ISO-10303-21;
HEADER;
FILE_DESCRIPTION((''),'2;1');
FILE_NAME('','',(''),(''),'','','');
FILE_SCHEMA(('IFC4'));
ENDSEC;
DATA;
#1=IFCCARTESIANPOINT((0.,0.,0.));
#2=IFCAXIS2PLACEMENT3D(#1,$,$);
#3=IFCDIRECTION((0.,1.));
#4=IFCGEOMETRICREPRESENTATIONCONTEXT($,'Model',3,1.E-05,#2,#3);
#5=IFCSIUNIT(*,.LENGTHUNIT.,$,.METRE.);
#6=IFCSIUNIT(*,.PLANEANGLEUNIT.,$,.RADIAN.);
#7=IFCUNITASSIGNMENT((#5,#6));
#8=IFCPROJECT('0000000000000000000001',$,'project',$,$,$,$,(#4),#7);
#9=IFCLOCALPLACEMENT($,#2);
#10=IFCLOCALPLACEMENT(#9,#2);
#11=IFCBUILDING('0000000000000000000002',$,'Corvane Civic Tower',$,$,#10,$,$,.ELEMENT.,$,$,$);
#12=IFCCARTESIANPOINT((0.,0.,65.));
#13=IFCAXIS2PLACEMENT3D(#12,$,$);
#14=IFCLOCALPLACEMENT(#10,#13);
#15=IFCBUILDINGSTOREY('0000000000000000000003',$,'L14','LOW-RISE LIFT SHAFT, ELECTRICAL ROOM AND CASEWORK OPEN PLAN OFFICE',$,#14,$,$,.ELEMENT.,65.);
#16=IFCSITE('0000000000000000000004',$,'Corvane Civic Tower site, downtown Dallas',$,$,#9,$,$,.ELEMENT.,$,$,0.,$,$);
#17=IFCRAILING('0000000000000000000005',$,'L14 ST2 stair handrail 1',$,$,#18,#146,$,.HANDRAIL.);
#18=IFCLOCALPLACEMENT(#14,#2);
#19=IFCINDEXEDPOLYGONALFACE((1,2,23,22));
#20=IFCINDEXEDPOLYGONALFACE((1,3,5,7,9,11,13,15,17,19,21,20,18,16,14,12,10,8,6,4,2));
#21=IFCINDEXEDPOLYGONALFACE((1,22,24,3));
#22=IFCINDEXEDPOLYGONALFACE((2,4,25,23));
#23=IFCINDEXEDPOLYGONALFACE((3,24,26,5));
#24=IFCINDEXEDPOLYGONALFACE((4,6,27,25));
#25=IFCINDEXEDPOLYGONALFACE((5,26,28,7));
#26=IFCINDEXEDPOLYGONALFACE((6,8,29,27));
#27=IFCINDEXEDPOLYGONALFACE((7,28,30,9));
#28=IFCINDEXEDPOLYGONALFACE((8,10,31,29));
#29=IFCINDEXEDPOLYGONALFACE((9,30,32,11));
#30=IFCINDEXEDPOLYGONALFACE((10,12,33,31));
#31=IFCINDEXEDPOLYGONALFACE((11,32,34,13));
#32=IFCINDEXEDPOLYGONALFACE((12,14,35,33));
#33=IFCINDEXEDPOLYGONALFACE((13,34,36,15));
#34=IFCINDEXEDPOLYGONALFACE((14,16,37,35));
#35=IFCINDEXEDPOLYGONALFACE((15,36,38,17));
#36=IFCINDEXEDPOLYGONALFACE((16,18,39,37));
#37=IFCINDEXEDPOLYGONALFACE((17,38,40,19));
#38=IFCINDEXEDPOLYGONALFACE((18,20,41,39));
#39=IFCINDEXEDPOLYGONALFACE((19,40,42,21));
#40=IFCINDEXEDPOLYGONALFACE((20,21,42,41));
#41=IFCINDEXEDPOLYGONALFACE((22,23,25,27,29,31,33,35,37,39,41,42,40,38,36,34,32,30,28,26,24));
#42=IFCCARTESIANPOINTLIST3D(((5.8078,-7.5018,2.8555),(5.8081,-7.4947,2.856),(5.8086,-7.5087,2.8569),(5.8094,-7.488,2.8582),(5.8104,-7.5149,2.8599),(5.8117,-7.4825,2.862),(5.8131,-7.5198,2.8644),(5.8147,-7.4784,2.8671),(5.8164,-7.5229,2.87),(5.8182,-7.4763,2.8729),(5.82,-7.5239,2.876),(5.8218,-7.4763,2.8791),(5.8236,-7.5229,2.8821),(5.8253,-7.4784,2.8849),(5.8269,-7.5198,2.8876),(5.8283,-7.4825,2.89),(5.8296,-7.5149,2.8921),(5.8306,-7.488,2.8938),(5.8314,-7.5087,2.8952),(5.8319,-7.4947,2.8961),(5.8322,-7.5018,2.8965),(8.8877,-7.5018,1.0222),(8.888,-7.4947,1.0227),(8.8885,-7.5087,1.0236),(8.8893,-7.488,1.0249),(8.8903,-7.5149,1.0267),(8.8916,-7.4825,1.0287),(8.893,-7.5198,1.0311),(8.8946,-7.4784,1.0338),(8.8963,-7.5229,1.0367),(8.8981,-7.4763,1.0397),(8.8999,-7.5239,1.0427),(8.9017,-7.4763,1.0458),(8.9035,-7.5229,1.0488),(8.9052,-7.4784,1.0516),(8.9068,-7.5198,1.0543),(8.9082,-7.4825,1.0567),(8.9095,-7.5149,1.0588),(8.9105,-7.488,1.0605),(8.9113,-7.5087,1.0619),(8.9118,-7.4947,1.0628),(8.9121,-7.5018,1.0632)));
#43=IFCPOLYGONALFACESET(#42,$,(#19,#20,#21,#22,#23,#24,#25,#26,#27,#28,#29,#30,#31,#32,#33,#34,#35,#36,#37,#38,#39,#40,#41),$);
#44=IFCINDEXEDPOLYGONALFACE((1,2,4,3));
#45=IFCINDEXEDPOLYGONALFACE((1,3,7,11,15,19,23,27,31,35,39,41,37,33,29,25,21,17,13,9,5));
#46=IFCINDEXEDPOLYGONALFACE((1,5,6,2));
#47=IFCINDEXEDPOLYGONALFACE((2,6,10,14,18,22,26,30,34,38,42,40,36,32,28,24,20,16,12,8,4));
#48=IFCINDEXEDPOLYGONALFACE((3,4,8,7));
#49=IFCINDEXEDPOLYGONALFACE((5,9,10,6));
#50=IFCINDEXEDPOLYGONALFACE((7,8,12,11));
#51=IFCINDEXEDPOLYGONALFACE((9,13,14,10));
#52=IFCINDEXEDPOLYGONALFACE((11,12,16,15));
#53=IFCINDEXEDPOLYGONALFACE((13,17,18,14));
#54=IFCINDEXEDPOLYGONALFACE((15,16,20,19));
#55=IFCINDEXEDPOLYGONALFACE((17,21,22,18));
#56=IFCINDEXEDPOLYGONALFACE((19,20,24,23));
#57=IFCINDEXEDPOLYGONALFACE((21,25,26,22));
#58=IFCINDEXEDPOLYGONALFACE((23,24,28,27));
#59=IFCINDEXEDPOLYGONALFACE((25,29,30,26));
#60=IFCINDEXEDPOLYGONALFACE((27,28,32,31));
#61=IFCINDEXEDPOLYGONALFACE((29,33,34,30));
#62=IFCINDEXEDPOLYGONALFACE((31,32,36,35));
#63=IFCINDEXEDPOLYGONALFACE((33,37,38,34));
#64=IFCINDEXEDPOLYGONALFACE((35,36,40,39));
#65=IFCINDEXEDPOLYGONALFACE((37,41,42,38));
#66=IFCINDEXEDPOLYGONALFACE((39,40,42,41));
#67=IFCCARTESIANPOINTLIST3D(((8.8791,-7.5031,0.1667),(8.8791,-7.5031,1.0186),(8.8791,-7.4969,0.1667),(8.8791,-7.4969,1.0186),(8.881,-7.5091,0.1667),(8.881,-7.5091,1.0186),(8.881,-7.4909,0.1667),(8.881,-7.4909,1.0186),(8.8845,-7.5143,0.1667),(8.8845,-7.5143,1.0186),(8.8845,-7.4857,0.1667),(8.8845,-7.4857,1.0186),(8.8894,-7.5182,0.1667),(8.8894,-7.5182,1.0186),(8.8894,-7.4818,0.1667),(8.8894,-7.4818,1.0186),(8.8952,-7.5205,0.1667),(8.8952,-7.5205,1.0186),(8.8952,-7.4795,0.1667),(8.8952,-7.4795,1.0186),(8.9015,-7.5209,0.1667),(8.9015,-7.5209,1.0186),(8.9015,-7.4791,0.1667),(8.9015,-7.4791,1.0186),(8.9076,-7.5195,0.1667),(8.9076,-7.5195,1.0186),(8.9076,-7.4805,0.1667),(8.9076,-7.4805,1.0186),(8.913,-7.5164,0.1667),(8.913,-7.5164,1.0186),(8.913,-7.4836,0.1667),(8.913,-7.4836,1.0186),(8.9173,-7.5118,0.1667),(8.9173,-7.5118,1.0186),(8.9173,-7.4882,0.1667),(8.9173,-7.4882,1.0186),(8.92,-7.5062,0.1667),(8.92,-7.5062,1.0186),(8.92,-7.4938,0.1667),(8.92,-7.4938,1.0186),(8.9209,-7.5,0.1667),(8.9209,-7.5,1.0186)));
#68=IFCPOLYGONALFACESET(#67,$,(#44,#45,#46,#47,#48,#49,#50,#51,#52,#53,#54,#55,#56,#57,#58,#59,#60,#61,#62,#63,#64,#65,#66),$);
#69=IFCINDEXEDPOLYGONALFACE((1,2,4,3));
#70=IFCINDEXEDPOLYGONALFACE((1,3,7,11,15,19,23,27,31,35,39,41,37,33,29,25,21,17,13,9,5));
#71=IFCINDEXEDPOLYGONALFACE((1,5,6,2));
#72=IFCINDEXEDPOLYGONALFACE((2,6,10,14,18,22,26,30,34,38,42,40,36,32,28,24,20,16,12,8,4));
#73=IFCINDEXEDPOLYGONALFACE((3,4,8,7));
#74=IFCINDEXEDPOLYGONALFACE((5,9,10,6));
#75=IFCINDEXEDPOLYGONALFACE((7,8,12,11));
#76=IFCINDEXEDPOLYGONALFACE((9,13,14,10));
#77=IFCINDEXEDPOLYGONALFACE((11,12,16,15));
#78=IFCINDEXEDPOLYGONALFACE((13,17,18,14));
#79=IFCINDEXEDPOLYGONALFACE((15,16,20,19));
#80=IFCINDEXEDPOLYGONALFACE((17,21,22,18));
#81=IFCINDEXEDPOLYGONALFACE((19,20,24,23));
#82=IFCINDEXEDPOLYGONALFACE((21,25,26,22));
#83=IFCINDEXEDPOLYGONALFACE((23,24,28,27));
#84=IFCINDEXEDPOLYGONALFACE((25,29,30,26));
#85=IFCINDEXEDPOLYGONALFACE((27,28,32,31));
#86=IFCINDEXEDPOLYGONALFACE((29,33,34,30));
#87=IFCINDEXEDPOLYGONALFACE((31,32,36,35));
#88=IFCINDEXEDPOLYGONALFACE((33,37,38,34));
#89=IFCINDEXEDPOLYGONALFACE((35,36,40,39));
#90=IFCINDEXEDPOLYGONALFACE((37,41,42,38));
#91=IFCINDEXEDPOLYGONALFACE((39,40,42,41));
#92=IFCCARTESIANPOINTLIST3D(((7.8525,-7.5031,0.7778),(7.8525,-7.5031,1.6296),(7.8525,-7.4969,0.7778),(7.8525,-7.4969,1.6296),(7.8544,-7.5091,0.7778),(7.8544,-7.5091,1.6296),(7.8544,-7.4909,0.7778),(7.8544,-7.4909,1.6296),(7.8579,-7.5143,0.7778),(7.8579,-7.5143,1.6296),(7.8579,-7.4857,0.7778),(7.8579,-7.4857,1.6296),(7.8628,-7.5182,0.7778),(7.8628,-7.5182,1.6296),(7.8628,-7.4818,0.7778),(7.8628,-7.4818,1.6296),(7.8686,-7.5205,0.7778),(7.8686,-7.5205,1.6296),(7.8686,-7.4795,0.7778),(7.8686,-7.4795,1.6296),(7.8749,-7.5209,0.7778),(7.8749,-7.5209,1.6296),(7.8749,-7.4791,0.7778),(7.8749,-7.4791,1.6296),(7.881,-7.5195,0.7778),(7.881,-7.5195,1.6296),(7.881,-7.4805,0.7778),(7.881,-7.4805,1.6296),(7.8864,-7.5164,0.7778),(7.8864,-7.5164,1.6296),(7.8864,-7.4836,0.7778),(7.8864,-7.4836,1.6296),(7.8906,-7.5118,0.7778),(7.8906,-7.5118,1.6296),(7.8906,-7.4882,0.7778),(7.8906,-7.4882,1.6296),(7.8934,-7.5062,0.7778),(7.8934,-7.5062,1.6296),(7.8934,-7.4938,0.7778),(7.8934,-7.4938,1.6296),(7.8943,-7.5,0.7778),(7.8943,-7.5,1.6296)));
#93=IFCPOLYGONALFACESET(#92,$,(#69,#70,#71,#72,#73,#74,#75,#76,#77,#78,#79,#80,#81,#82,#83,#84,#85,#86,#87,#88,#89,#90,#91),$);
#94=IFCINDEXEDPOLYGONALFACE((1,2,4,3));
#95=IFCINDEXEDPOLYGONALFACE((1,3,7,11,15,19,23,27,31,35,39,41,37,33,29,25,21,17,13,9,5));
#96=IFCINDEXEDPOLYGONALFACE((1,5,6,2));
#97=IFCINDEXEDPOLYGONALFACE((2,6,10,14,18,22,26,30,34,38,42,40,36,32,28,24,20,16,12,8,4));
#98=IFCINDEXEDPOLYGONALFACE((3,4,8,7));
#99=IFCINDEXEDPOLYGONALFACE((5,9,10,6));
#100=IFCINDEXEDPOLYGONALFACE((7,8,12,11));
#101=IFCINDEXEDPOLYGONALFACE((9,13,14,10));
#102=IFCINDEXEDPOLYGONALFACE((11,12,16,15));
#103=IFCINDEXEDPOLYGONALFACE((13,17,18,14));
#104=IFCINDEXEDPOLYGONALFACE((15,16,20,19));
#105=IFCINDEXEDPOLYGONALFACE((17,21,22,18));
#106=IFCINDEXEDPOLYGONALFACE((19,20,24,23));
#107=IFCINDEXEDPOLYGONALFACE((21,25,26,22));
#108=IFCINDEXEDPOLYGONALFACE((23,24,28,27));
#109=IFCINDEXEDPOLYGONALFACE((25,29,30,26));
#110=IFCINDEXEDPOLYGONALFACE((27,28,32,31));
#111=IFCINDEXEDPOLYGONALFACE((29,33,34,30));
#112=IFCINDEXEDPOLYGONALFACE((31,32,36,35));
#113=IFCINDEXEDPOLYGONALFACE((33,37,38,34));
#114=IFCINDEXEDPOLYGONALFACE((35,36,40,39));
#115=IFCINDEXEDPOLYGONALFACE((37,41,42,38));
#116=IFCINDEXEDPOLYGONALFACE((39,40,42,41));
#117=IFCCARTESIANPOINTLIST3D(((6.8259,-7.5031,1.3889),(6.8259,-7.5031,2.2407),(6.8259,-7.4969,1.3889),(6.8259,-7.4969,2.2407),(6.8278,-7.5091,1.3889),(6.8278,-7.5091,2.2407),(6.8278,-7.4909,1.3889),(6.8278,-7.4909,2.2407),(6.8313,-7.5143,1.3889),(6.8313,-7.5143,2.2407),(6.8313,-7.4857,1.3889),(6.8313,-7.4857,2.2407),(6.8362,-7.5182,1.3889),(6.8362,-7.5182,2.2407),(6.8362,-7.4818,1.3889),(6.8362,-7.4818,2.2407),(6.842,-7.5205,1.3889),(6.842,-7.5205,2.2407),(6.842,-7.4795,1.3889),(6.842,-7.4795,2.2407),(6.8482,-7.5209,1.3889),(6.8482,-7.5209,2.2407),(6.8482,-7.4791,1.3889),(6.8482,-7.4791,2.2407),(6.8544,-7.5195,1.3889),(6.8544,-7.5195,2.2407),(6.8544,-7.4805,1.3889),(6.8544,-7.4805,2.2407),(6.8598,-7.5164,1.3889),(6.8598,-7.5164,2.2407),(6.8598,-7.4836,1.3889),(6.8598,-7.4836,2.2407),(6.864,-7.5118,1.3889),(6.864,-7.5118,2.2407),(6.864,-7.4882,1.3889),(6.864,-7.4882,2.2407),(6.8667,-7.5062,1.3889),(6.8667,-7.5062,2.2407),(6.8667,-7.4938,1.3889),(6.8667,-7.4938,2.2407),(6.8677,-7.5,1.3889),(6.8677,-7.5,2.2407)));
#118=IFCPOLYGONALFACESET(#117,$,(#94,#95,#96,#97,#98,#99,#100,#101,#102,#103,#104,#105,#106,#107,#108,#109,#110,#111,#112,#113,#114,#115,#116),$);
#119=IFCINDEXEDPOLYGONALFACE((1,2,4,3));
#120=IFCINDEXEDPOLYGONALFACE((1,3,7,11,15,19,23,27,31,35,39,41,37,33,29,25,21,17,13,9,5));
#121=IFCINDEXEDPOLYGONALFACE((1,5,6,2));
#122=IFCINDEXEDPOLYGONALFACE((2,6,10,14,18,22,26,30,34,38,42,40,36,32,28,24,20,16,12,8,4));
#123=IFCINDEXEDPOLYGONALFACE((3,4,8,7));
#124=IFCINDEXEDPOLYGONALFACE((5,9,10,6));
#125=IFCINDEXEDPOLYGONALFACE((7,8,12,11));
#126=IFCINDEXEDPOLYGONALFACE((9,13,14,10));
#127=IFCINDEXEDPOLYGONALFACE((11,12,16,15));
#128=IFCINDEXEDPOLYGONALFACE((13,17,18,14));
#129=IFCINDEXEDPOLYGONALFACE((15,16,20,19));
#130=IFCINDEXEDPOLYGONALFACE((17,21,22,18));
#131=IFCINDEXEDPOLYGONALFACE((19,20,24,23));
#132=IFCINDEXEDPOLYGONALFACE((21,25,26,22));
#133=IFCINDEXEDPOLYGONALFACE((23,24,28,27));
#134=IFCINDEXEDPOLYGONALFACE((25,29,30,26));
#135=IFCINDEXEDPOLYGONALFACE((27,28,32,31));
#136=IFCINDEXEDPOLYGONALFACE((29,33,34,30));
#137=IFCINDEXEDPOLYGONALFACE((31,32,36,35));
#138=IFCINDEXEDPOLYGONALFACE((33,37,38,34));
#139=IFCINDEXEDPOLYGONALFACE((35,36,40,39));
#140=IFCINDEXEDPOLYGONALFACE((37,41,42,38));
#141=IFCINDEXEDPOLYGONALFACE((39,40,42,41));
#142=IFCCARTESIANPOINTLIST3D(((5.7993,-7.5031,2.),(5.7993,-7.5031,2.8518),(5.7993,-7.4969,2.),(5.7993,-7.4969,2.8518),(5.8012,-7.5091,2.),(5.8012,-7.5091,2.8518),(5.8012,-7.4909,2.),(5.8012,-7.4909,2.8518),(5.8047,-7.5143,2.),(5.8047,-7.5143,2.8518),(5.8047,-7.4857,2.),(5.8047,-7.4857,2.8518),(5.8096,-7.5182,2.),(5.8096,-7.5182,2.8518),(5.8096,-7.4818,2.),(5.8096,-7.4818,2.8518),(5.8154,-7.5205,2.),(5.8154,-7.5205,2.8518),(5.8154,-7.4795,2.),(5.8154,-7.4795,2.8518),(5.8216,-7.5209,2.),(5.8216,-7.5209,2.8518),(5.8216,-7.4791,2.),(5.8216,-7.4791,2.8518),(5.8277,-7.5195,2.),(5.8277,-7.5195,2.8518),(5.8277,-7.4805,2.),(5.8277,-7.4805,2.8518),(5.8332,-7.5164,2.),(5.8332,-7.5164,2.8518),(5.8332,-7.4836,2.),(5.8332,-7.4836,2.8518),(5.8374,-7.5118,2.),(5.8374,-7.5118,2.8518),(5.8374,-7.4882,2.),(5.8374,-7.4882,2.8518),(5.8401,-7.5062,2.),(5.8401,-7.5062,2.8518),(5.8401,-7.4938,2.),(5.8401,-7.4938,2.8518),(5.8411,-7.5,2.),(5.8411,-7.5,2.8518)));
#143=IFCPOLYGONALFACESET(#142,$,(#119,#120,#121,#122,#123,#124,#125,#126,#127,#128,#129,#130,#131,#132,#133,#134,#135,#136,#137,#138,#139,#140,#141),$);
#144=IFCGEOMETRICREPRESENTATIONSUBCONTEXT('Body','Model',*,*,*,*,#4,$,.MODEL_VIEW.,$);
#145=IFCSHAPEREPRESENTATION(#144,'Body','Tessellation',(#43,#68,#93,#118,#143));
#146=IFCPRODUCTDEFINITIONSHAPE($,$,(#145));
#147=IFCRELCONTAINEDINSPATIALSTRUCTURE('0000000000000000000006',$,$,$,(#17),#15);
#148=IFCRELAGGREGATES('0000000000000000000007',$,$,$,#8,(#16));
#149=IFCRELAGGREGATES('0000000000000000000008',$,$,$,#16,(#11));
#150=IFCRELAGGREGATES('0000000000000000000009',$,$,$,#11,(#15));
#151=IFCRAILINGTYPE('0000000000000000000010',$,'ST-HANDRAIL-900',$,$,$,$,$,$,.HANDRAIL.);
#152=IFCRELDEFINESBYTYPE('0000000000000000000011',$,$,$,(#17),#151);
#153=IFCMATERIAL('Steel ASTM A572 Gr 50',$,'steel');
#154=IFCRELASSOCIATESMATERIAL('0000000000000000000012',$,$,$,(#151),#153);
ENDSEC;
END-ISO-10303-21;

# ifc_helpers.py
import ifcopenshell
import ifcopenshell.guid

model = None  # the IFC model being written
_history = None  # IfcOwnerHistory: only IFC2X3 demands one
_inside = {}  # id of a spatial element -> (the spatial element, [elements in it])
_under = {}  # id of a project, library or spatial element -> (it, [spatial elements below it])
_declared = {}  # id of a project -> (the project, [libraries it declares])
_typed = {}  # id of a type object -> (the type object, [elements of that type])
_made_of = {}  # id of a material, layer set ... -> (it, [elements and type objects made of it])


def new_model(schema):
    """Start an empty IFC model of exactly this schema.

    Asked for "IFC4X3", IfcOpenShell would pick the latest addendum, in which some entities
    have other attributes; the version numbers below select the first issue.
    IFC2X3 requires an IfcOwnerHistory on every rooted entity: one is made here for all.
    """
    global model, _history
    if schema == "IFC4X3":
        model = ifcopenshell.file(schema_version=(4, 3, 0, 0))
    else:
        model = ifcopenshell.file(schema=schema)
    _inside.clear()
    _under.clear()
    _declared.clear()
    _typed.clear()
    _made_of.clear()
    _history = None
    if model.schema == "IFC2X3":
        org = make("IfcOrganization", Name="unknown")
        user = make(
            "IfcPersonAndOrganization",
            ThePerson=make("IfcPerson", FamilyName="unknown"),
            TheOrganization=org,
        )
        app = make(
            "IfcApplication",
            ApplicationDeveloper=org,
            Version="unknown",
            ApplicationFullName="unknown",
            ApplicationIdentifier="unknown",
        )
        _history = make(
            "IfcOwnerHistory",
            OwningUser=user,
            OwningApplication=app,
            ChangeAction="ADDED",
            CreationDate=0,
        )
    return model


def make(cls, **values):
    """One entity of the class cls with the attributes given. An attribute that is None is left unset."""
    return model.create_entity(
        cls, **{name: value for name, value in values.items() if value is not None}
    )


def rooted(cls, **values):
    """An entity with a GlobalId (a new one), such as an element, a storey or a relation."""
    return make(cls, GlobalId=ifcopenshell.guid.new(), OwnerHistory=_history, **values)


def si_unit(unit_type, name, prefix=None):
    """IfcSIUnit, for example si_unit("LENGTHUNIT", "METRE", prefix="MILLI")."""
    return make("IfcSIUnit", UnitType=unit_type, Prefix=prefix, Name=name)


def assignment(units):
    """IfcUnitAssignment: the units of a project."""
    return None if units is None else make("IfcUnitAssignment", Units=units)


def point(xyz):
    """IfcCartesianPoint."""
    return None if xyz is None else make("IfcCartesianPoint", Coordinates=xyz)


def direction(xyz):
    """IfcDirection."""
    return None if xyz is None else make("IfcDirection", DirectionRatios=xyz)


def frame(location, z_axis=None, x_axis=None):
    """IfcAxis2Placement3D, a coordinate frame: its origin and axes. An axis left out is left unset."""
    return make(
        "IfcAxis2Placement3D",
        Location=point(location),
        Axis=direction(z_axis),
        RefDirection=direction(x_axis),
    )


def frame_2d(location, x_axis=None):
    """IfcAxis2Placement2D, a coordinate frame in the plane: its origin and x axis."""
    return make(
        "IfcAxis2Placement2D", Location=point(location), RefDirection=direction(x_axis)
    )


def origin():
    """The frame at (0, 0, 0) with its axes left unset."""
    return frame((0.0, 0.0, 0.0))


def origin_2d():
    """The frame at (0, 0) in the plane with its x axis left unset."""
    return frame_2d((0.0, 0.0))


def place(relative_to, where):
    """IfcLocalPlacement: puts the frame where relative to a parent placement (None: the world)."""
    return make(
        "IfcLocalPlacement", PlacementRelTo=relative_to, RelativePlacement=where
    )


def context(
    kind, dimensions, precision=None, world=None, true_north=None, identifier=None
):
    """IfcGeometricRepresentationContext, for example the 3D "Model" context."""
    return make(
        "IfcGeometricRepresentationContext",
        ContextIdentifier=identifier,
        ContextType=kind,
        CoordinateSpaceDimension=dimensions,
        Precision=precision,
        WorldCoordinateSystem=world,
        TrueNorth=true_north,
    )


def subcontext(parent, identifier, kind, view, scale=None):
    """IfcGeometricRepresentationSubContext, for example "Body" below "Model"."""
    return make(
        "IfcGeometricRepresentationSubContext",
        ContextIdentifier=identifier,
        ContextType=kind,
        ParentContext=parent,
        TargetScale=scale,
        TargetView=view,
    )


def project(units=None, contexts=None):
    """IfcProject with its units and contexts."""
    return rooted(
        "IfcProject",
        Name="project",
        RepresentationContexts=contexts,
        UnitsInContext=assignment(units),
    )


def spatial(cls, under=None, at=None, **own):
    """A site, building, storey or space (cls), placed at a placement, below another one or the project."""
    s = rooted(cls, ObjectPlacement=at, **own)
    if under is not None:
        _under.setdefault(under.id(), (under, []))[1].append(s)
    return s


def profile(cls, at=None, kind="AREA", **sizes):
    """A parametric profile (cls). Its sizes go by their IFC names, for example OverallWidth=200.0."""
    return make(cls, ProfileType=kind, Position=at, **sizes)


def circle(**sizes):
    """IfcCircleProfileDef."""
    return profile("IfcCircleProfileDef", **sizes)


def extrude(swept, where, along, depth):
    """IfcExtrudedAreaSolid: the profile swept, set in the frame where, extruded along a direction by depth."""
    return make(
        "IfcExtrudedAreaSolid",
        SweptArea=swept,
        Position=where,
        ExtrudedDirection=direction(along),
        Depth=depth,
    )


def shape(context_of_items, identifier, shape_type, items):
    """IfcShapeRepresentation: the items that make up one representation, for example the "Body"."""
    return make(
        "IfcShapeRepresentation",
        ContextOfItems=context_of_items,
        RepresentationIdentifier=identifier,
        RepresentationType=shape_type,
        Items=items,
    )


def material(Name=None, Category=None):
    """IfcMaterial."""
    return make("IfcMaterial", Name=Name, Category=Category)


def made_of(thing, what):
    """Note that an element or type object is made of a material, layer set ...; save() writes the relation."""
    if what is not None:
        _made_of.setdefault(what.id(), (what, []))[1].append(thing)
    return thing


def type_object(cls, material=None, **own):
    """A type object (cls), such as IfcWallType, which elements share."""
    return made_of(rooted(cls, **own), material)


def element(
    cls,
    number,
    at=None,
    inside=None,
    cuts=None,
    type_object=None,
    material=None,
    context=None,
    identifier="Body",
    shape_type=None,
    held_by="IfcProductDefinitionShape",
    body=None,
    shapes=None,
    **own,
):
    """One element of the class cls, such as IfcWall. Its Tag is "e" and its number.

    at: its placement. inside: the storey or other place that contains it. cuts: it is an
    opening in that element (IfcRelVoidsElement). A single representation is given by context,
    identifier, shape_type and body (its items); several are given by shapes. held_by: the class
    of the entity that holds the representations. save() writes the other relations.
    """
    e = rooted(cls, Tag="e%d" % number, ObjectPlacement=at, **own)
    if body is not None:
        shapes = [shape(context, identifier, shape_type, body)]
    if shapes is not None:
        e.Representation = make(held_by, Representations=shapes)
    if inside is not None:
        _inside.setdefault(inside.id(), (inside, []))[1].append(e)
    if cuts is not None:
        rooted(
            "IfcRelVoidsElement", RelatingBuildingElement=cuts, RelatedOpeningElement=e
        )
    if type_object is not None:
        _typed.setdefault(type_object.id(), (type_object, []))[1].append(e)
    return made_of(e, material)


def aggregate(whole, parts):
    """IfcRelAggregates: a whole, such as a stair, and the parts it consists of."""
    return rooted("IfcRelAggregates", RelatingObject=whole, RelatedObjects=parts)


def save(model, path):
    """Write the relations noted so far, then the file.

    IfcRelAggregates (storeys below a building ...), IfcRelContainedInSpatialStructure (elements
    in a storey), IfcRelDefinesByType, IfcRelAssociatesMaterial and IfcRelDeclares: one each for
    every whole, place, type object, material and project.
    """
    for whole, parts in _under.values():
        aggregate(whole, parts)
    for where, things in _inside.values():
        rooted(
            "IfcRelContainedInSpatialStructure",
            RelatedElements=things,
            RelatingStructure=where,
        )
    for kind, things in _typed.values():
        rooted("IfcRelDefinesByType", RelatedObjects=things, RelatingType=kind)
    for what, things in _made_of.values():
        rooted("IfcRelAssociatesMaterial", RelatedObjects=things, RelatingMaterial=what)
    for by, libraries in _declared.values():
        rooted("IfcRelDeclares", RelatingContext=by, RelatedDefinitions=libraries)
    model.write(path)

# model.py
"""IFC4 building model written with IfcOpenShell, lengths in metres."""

from ifc_helpers import new_model, si_unit, direction, frame, origin, origin_2d, place, context, subcontext, project, spatial, circle, extrude, material, type_object, element, save


model = new_model("IFC4")

# Units and contexts
model_context = context("Model", 3, precision=1e-05, world=origin(), true_north=direction((0.0, 1.0)))
body_context = subcontext(model_context, "Body", "Model", "MODEL_VIEW")
ifc_project = project(units=[si_unit("LENGTHUNIT", "METRE"), si_unit("PLANEANGLEUNIT", "RADIAN")], contexts=[model_context])

# Site, building, storey
site_placement = place(None, origin())
site = spatial("IfcSite", under=ifc_project, at=site_placement, Name="Corvane Civic Tower site, downtown Dallas", CompositionType="ELEMENT", RefElevation=0.0)
building_placement = place(site_placement, origin())
building = spatial("IfcBuilding", under=site, at=building_placement, Name="Corvane Civic Tower", CompositionType="ELEMENT")
storey_placement = place(building_placement, frame((0.0, 0.0, 65.0)))
storey = spatial("IfcBuildingStorey", under=building, at=storey_placement, Name="L14", Description="LOW-RISE LIFT SHAFT, ELECTRICAL ROOM AND CASEWORK OPEN PLAN OFFICE", CompositionType="ELEMENT", Elevation=65.0)

# Railing
ifc_material_1 = material(Name="Steel ASTM A572 Gr 50", Category="steel")
railing_type_1 = type_object("IfcRailingType", Name="ST-HANDRAIL-900", PredefinedType="HANDRAIL", material=ifc_material_1)
railing_1_placement = place(storey_placement, frame((8.8999, -7.5, 0.1667)))
element("IfcRailing", 1, at=railing_1_placement, inside=storey, type_object=railing_type_1, Name="L14 ST2 stair handrail 1", PredefinedType="HANDRAIL", context=body_context, shape_type="SweptSolid", body=[
    extrude(circle(Radius=0.0239, at=origin_2d()), frame((0.0, 0.0, 0.876), z_axis=(-0.859291, 0.0, 0.511487), x_axis=(0.0, -1.0, 0.0)), (0.0, 0.0, 1.0), 3.5842),
    extrude(circle(Radius=0.021, at=origin_2d()), origin(), (0.0, 0.0, 1.0), 0.8518),
    extrude(circle(Radius=0.021, at=origin_2d()), frame((-1.0266, 0.0, 0.6111)), (0.0, 0.0, 1.0), 0.8518),
    extrude(circle(Radius=0.021, at=origin_2d()), frame((-2.0532, 0.0, 1.2222)), (0.0, 0.0, 1.0), 0.8518),
    extrude(circle(Radius=0.021, at=origin_2d()), frame((-3.0798, 0.0, 1.8333)), (0.0, 0.0, 1.0), 0.8518),
])

save(model, "model.ifc")
